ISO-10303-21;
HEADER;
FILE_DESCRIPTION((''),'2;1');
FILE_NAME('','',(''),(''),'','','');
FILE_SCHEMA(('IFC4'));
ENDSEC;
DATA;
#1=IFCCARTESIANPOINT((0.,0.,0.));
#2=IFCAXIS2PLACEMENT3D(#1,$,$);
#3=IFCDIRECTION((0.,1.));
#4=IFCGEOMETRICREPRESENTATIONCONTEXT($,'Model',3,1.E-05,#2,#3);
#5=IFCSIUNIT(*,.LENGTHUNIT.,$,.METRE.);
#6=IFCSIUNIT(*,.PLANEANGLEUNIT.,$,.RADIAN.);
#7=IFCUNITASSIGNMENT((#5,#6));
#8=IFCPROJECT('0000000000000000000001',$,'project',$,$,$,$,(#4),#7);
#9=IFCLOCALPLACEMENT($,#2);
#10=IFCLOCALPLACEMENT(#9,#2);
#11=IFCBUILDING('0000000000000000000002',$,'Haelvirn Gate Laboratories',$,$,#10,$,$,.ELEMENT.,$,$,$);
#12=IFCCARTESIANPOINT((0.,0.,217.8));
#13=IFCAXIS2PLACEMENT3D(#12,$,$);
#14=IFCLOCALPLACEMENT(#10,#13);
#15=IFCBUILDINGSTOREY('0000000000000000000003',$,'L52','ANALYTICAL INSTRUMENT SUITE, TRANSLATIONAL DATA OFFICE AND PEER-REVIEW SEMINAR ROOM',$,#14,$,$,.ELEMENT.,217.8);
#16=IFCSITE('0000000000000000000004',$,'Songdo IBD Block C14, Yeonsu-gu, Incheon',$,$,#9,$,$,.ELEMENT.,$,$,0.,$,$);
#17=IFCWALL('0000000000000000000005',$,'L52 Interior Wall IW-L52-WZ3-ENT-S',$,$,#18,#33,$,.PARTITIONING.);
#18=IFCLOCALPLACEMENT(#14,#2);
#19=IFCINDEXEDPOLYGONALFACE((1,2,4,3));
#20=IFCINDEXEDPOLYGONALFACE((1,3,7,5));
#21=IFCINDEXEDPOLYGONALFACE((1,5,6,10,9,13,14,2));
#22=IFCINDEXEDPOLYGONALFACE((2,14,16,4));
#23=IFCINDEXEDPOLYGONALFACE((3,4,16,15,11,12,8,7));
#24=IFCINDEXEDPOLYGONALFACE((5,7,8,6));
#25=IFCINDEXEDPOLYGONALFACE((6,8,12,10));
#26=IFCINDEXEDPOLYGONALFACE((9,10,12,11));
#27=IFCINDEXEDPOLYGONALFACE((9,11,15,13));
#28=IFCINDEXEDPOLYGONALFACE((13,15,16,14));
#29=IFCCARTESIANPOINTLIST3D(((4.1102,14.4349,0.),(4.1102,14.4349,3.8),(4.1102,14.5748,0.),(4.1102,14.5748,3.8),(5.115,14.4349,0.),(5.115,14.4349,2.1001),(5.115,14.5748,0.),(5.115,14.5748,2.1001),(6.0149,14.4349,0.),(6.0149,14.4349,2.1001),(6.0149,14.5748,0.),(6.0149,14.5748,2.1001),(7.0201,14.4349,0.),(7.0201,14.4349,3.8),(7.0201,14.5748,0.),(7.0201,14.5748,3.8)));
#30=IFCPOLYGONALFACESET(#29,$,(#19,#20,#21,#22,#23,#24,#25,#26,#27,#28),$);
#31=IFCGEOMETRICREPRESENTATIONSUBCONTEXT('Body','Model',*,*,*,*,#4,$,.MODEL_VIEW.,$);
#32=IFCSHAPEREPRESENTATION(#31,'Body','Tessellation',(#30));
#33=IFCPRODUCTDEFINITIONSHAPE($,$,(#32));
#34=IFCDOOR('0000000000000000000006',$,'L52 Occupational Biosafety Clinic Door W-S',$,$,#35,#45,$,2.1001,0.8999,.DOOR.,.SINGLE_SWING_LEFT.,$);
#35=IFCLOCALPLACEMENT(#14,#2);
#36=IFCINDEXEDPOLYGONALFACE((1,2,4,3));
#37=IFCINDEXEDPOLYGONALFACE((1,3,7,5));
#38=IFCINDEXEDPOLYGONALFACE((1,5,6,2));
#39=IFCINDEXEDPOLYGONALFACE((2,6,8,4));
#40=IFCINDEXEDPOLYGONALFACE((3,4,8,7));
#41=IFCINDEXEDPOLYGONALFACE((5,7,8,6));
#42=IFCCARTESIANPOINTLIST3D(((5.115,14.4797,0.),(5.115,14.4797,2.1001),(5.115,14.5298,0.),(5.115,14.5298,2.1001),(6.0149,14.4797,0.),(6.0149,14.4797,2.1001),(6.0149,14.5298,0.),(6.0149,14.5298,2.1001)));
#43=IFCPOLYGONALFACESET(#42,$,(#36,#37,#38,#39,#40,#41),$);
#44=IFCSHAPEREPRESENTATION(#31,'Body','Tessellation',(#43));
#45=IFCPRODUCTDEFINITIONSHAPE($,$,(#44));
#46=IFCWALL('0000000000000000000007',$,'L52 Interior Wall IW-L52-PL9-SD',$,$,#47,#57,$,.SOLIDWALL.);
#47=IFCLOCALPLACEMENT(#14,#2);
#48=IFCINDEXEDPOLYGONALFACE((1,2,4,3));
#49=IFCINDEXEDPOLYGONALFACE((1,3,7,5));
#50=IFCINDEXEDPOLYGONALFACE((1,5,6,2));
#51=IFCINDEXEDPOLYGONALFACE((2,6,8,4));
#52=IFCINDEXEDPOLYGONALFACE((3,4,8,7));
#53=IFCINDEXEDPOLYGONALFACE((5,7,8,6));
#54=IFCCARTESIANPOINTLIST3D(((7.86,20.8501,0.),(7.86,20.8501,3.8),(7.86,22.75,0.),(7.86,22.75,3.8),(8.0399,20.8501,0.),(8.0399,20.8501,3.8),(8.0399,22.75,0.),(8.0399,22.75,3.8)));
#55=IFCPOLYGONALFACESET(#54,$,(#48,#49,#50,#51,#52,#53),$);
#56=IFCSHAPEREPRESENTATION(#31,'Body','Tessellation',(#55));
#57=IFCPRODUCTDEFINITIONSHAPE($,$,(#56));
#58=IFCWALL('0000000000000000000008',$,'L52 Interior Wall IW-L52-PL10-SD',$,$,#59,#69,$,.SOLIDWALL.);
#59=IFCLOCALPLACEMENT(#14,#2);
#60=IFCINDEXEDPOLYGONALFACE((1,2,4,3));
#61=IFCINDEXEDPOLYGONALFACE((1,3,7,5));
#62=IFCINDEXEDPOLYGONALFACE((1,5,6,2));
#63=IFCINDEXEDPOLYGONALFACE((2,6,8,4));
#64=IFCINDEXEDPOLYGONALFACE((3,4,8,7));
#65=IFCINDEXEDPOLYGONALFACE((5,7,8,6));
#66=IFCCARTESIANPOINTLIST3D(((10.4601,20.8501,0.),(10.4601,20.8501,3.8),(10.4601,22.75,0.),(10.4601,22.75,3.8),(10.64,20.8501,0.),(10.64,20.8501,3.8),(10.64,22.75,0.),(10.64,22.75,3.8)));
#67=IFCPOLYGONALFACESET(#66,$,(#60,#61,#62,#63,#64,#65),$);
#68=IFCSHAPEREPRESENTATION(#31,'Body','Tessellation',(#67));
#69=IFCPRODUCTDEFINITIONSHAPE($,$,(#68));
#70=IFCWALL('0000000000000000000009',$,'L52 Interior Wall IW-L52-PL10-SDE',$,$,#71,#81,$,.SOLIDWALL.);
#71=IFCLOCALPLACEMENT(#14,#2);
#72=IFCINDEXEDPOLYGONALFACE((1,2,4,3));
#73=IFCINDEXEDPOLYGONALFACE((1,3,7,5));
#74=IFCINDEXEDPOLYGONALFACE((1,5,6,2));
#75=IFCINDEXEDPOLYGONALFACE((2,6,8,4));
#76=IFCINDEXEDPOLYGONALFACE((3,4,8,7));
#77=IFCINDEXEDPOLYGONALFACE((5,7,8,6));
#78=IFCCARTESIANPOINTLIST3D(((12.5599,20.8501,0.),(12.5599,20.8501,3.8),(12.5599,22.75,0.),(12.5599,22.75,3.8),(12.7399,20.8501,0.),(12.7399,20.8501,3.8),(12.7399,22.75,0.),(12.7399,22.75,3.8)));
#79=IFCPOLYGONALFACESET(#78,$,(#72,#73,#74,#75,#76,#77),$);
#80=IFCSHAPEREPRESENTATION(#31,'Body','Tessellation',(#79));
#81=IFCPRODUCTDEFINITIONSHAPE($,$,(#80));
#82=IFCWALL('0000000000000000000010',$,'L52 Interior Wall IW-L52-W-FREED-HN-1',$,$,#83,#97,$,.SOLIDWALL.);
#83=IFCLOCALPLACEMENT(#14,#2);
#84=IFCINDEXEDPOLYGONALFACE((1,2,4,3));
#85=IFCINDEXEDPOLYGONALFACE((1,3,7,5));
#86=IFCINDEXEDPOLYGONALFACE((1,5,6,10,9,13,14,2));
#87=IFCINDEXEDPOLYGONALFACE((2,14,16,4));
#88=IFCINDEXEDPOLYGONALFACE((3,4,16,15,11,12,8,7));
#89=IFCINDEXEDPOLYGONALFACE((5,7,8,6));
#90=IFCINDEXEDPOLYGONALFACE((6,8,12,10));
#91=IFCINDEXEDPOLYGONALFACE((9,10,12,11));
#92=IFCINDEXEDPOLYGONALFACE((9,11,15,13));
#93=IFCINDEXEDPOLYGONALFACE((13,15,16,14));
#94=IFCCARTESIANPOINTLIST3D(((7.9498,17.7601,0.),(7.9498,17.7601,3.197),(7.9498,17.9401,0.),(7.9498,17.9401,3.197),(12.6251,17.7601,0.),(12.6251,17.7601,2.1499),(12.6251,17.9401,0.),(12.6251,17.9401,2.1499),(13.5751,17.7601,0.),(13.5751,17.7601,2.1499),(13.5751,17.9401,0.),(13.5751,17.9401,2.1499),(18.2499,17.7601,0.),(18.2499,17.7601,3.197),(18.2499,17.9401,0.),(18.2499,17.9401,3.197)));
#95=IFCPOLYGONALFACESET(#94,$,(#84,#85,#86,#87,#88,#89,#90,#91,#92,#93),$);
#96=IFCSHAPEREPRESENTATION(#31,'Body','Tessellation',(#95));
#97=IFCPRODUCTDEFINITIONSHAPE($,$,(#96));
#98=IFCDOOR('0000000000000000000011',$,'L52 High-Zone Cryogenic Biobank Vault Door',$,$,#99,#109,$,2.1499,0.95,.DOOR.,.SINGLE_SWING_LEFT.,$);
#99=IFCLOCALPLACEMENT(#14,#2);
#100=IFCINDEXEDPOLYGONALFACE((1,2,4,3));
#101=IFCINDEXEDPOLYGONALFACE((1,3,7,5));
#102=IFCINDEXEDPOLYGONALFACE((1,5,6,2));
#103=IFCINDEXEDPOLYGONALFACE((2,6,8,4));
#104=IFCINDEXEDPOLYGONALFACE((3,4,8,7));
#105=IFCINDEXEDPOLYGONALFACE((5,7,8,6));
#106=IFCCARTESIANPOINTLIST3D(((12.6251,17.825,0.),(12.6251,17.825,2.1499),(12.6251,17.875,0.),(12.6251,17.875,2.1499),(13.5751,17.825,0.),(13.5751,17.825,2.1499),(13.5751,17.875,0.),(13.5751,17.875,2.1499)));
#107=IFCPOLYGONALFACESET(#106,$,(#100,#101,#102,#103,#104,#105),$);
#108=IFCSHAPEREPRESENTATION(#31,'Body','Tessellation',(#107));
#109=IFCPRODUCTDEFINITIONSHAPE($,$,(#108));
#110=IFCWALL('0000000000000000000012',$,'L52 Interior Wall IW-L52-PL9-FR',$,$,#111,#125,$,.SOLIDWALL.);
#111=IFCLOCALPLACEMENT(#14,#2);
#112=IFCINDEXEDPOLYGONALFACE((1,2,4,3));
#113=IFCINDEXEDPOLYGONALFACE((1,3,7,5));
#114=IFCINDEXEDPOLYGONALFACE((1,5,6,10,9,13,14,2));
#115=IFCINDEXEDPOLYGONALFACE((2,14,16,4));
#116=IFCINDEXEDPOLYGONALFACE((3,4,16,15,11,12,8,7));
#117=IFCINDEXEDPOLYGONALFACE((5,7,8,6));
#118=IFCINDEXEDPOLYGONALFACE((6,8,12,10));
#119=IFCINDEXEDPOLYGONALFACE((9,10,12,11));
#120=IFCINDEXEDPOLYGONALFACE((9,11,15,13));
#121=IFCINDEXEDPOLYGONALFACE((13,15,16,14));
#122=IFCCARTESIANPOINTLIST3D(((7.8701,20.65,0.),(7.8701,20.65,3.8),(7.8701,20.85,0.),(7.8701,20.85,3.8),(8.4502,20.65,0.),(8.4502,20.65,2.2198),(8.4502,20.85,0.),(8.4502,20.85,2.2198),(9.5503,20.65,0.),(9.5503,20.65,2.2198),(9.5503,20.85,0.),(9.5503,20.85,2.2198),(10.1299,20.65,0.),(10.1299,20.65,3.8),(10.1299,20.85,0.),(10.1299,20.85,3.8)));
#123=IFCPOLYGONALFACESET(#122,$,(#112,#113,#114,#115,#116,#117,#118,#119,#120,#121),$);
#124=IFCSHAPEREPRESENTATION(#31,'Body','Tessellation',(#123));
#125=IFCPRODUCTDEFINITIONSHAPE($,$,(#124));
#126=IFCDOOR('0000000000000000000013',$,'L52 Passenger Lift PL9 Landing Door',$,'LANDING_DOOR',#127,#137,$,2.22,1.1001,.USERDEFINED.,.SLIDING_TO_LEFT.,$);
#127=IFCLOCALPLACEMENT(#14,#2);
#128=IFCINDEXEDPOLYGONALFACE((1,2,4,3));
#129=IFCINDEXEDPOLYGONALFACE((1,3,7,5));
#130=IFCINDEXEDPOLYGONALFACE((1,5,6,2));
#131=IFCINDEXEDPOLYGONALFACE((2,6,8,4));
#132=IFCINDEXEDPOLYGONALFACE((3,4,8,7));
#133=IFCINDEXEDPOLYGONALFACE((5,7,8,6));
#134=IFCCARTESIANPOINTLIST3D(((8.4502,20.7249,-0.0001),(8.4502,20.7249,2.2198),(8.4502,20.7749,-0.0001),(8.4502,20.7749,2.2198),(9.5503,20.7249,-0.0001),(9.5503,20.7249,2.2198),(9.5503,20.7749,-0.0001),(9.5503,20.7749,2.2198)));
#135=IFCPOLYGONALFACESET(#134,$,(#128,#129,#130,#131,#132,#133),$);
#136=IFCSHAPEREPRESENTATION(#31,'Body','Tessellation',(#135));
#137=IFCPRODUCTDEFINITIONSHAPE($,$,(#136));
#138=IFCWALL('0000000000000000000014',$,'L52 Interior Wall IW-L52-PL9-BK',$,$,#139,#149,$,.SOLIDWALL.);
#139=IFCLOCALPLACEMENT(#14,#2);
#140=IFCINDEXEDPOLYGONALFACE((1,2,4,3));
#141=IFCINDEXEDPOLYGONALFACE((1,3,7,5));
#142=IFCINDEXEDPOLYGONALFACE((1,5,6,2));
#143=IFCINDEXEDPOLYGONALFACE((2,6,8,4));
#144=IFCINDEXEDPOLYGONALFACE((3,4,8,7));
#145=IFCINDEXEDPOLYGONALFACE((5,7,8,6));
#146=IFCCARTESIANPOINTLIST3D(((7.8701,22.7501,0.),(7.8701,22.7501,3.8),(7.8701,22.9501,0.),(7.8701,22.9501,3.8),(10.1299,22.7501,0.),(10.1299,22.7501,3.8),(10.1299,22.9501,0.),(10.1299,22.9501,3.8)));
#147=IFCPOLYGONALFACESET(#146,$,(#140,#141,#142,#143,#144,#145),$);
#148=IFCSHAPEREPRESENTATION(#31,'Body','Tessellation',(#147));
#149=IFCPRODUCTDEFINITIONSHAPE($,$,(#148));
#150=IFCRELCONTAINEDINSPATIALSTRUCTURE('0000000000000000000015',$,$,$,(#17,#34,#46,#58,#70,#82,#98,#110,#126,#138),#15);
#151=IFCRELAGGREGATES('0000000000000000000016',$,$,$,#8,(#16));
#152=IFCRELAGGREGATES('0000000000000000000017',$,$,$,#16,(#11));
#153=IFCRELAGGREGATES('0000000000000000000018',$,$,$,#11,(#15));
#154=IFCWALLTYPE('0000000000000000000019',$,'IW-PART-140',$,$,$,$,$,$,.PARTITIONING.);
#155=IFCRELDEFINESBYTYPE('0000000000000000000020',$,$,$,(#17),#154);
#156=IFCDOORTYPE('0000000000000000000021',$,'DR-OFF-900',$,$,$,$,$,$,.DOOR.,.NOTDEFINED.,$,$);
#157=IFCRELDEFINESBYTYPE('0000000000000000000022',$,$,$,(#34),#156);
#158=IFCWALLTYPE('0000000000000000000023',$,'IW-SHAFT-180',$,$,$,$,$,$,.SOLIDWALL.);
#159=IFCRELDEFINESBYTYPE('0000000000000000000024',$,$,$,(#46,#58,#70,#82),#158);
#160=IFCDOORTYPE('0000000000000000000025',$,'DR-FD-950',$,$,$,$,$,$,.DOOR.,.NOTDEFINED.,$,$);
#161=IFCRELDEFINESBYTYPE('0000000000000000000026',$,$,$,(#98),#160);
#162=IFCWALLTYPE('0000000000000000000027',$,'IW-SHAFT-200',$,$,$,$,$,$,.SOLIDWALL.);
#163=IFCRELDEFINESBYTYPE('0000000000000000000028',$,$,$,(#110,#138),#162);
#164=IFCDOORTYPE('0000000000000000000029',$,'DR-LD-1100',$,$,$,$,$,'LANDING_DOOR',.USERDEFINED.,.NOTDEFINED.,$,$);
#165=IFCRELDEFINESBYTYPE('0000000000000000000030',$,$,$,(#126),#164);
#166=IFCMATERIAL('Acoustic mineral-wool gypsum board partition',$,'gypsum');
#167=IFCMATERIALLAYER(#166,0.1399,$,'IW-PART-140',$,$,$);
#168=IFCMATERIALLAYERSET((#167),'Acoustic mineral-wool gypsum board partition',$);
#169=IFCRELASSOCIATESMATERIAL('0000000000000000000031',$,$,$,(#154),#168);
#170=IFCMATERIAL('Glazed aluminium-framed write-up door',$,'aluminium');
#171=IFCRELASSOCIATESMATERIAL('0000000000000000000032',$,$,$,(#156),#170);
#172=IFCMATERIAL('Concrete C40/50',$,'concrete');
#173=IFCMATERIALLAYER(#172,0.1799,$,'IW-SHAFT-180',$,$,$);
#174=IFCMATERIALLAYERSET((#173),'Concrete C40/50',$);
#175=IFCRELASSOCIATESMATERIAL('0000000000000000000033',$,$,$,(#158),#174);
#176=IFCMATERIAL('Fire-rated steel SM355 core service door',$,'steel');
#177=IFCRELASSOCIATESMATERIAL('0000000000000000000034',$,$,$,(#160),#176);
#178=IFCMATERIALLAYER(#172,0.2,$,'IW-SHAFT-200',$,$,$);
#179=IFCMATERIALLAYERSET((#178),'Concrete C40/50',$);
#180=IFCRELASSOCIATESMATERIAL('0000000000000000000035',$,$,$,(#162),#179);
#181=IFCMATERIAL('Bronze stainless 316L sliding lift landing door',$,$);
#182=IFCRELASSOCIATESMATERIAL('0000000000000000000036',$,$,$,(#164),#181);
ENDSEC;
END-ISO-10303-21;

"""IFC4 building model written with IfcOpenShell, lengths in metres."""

from ifc_helpers import new_model, si_unit, direction, frame, frame_2d, origin, place, context, subcontext, project, spatial, rectangle, extrude, source, transform, mapped, material, layer, layer_set, type_object, type_shapes, element, fill, save


model = new_model("IFC4")

# Units and contexts
model_context = context("Model", 3, precision=1e-05, world=origin(), true_north=direction((0.0, 1.0)))
body_context = subcontext(model_context, "Body", "Model", "MODEL_VIEW")
ifc_project = project(units=[si_unit("LENGTHUNIT", "METRE"), si_unit("PLANEANGLEUNIT", "RADIAN")], contexts=[model_context])

# Site, building, storey
site_placement = place(None, origin())
site = spatial("IfcSite", under=ifc_project, at=site_placement, Name="Songdo IBD Block C14, Yeonsu-gu, Incheon", CompositionType="ELEMENT", RefElevation=0.0)
building_placement = place(site_placement, origin())
building = spatial("IfcBuilding", under=site, at=building_placement, Name="Haelvirn Gate Laboratories", CompositionType="ELEMENT")
storey_placement = place(building_placement, frame((0.0, 0.0, 217.8)))
storey = spatial("IfcBuildingStorey", under=building, at=storey_placement, Name="L52", Description="ANALYTICAL INSTRUMENT SUITE, TRANSLATIONAL DATA OFFICE AND PEER-REVIEW SEMINAR ROOM", CompositionType="ELEMENT", Elevation=217.8)

# Shared definitions
ifc_material_1 = material(Name="Acoustic mineral-wool gypsum board partition", Category="gypsum")
ifc_layer_1 = layer(ifc_material_1, 0.1399, Name="IW-PART-140")
ifc_layer_set_1 = layer_set([ifc_layer_1], Name="Acoustic mineral-wool gypsum board partition")
wall_type_1 = type_object("IfcWallType", Name="IW-PART-140", PredefinedType="PARTITIONING", material=ifc_layer_set_1)

# Wall, opening, door
wall_1_placement = place(storey_placement, frame((4.1101, 14.5049, 0.0), z_axis=(0.0, 0.0, 1.0), x_axis=(1.0, 0.0, 0.0)))
wall_1 = element("IfcWall", 1, at=wall_1_placement, inside=storey, type_object=wall_type_1, Name="L52 Interior Wall IW-L52-WZ3-ENT-S", PredefinedType="PARTITIONING", context=body_context, shape_type="SweptSolid", body=[
    extrude(rectangle(XDim=2.9099, YDim=0.1399, at=frame_2d((1.4551, 0.0))), origin(), (0.0, 0.0, 1.0), 3.8),
])
opening_1_placement = place(wall_1_placement, frame((1.0049, 0.0, 0.0)))
opening_1 = element("IfcOpeningElement", 2, at=opening_1_placement, cuts=wall_1, PredefinedType="OPENING", context=body_context, shape_type="SweptSolid", body=[
    extrude(rectangle(XDim=0.8999, YDim=2.1001, at=frame_2d((0.45, 1.05))), frame((0.0, 0.0801, 0.0), z_axis=(0.0, -1.0, 0.0), x_axis=(1.0, 0.0, 0.0)), (0.0, 0.0, 1.0), 0.1599),
])
ifc_material_2 = material(Name="Glazed aluminium-framed write-up door", Category="aluminium")
door_type_1 = type_object("IfcDoorType", Name="DR-OFF-900", OperationType="NOTDEFINED", PredefinedType="DOOR", material=ifc_material_2)
shared_shape_1 = source(origin(), body_context, "Body", "SweptSolid", [
    extrude(rectangle(XDim=0.8999, YDim=2.1001, at=frame_2d((0.45, 1.05))), frame((0.0, 0.0249, 0.0), z_axis=(0.0, -1.0, 0.0), x_axis=(1.0, 0.0, 0.0)), (0.0, 0.0, 1.0), 0.05),
])
type_shapes(door_type_1, [shared_shape_1])
door_1_placement = place(opening_1_placement, origin())
door_1 = element("IfcDoor", 3, at=door_1_placement, inside=storey, type_object=door_type_1, Name="L52 Occupational Biosafety Clinic Door W-S", OperationType="SINGLE_SWING_LEFT", OverallHeight=2.1001, OverallWidth=0.8999, PredefinedType="DOOR", context=body_context, shape_type="MappedRepresentation", body=[
    mapped(shared_shape_1, transform((0.0, 0.0, 0.0), scale=1.0)),
])
fill(opening_1, door_1)

# Walls
ifc_material_3 = material(Name="Concrete C40/50", Category="concrete")
ifc_layer_2 = layer(ifc_material_3, 0.1799, Name="IW-SHAFT-180")
ifc_layer_set_2 = layer_set([ifc_layer_2], Name="Concrete C40/50")
wall_type_2 = type_object("IfcWallType", Name="IW-SHAFT-180", PredefinedType="SOLIDWALL", material=ifc_layer_set_2)
for number, where, z_axis, x_axis, name in (
    (4, (7.95, 20.8501, 0.0), (0.0, 0.0, 1.0), (0.0, 1.0, 0.0), "L52 Interior Wall IW-L52-PL9-SD"),
    (5, (10.55, 20.8501, 0.0), (0.0, 0.0, 1.0), (0.0, 1.0, 0.0), "L52 Interior Wall IW-L52-PL10-SD"),
    (6, (12.6499, 20.8501, 0.0), (0.0, 0.0, 1.0), (0.0, 1.0, 0.0), "L52 Interior Wall IW-L52-PL10-SDE"),
):
    element("IfcWall", number, at=place(storey_placement, frame(where, z_axis=z_axis, x_axis=x_axis)), inside=storey, type_object=wall_type_2, Name=name, PredefinedType="SOLIDWALL", context=body_context, shape_type="SweptSolid", body=[
        extrude(rectangle(XDim=1.8999, YDim=0.1799, at=frame_2d((0.95, 0.0))), origin(), (0.0, 0.0, 1.0), 3.8),
    ])

# Walls, openings, doors
wall_2_placement = place(storey_placement, frame((7.95, 17.8501, 0.0), z_axis=(0.0, 0.0, 1.0), x_axis=(1.0, 0.0, 0.0)))
wall_2 = element("IfcWall", 7, at=wall_2_placement, inside=storey, type_object=wall_type_2, Name="L52 Interior Wall IW-L52-W-FREED-HN-1", PredefinedType="SOLIDWALL", context=body_context, shape_type="SweptSolid", body=[
    extrude(rectangle(XDim=10.3, YDim=0.1799, at=frame_2d((5.1499, 0.0))), origin(), (0.0, 0.0, 1.0), 3.197),
])
opening_2_placement = place(wall_2_placement, frame((4.675, 0.0, 0.0)))
opening_2 = element("IfcOpeningElement", 8, at=opening_2_placement, cuts=wall_2, PredefinedType="OPENING", context=body_context, shape_type="SweptSolid", body=[
    extrude(rectangle(XDim=0.95, YDim=2.1499, at=frame_2d((0.4751, 1.075))), frame((0.0, 0.1001, 0.0), z_axis=(0.0, -1.0, 0.0), x_axis=(1.0, 0.0, 0.0)), (0.0, 0.0, 1.0), 0.2),
])
ifc_material_4 = material(Name="Fire-rated steel SM355 core service door", Category="steel")
door_type_2 = type_object("IfcDoorType", Name="DR-FD-950", OperationType="NOTDEFINED", PredefinedType="DOOR", material=ifc_material_4)
shared_shape_2 = source(origin(), body_context, "Body", "SweptSolid", [
    extrude(rectangle(XDim=0.95, YDim=2.1499, at=frame_2d((0.4751, 1.075))), frame((0.0, 0.0249, 0.0), z_axis=(0.0, -1.0, 0.0), x_axis=(1.0, 0.0, 0.0)), (0.0, 0.0, 1.0), 0.05),
])
type_shapes(door_type_2, [shared_shape_2])
door_2_placement = place(opening_2_placement, origin())
door_2 = element("IfcDoor", 9, at=door_2_placement, inside=storey, type_object=door_type_2, Name="L52 High-Zone Cryogenic Biobank Vault Door", OperationType="SINGLE_SWING_LEFT", OverallHeight=2.1499, OverallWidth=0.95, PredefinedType="DOOR", context=body_context, shape_type="MappedRepresentation", body=[
    mapped(shared_shape_2, transform((0.0, 0.0, 0.0), scale=1.0)),
])
fill(opening_2, door_2)
ifc_layer_3 = layer(ifc_material_3, 0.2, Name="IW-SHAFT-200")
ifc_layer_set_3 = layer_set([ifc_layer_3], Name="Concrete C40/50")
wall_type_3 = type_object("IfcWallType", Name="IW-SHAFT-200", PredefinedType="SOLIDWALL", material=ifc_layer_set_3)
wall_3_placement = place(storey_placement, frame((7.8701, 20.75, 0.0), z_axis=(0.0, 0.0, 1.0), x_axis=(1.0, 0.0, 0.0)))
wall_3 = element("IfcWall", 10, at=wall_3_placement, inside=storey, type_object=wall_type_3, Name="L52 Interior Wall IW-L52-PL9-FR", PredefinedType="SOLIDWALL", context=body_context, shape_type="SweptSolid", body=[
    extrude(rectangle(XDim=2.2598, YDim=0.2, at=frame_2d((1.1299, 0.0))), origin(), (0.0, 0.0, 1.0), 3.8),
])
opening_3_placement = place(wall_3_placement, frame((0.5801, 0.0, 0.0)))
opening_3 = element("IfcOpeningElement", 11, at=opening_3_placement, cuts=wall_3, PredefinedType="OPENING", context=body_context, shape_type="SweptSolid", body=[
    extrude(rectangle(XDim=1.1001, YDim=2.22, at=frame_2d((0.55, 1.1099))), frame((0.0, 0.1099, 0.0), z_axis=(0.0, -1.0, 0.0), x_axis=(1.0, 0.0, 0.0)), (0.0, 0.0, 1.0), 0.22),
])
ifc_material_5 = material(Name="Bronze stainless 316L sliding lift landing door")
door_type_3 = type_object("IfcDoorType", Name="DR-LD-1100", ElementType="LANDING_DOOR", OperationType="NOTDEFINED", PredefinedType="USERDEFINED", material=ifc_material_5)
shared_shape_3 = source(origin(), body_context, "Body", "SweptSolid", [
    extrude(rectangle(XDim=1.1001, YDim=2.22, at=frame_2d((0.55, 1.1099))), frame((0.0, 0.0249, 0.0), z_axis=(0.0, -1.0, 0.0), x_axis=(1.0, 0.0, 0.0)), (0.0, 0.0, 1.0), 0.05),
])
type_shapes(door_type_3, [shared_shape_3])
door_3_placement = place(opening_3_placement, origin())
door_3 = element("IfcDoor", 12, at=door_3_placement, inside=storey, type_object=door_type_3, Name="L52 Passenger Lift PL9 Landing Door", ObjectType="LANDING_DOOR", OperationType="SLIDING_TO_LEFT", OverallHeight=2.22, OverallWidth=1.1001, PredefinedType="USERDEFINED", context=body_context, shape_type="MappedRepresentation", body=[
    mapped(shared_shape_3, transform((0.0, 0.0, 0.0), scale=1.0)),
])
fill(opening_3, door_3)

# Wall
wall_4_placement = place(storey_placement, frame((7.8701, 22.8501, 0.0), z_axis=(0.0, 0.0, 1.0), x_axis=(1.0, 0.0, 0.0)))
element("IfcWall", 13, at=wall_4_placement, inside=storey, type_object=wall_type_3, Name="L52 Interior Wall IW-L52-PL9-BK", PredefinedType="SOLIDWALL", context=body_context, shape_type="SweptSolid", body=[
    extrude(rectangle(XDim=2.2598, YDim=0.2, at=frame_2d((1.1299, 0.0))), origin(), (0.0, 0.0, 1.0), 3.8),
])

save(model, "model.ifc")
